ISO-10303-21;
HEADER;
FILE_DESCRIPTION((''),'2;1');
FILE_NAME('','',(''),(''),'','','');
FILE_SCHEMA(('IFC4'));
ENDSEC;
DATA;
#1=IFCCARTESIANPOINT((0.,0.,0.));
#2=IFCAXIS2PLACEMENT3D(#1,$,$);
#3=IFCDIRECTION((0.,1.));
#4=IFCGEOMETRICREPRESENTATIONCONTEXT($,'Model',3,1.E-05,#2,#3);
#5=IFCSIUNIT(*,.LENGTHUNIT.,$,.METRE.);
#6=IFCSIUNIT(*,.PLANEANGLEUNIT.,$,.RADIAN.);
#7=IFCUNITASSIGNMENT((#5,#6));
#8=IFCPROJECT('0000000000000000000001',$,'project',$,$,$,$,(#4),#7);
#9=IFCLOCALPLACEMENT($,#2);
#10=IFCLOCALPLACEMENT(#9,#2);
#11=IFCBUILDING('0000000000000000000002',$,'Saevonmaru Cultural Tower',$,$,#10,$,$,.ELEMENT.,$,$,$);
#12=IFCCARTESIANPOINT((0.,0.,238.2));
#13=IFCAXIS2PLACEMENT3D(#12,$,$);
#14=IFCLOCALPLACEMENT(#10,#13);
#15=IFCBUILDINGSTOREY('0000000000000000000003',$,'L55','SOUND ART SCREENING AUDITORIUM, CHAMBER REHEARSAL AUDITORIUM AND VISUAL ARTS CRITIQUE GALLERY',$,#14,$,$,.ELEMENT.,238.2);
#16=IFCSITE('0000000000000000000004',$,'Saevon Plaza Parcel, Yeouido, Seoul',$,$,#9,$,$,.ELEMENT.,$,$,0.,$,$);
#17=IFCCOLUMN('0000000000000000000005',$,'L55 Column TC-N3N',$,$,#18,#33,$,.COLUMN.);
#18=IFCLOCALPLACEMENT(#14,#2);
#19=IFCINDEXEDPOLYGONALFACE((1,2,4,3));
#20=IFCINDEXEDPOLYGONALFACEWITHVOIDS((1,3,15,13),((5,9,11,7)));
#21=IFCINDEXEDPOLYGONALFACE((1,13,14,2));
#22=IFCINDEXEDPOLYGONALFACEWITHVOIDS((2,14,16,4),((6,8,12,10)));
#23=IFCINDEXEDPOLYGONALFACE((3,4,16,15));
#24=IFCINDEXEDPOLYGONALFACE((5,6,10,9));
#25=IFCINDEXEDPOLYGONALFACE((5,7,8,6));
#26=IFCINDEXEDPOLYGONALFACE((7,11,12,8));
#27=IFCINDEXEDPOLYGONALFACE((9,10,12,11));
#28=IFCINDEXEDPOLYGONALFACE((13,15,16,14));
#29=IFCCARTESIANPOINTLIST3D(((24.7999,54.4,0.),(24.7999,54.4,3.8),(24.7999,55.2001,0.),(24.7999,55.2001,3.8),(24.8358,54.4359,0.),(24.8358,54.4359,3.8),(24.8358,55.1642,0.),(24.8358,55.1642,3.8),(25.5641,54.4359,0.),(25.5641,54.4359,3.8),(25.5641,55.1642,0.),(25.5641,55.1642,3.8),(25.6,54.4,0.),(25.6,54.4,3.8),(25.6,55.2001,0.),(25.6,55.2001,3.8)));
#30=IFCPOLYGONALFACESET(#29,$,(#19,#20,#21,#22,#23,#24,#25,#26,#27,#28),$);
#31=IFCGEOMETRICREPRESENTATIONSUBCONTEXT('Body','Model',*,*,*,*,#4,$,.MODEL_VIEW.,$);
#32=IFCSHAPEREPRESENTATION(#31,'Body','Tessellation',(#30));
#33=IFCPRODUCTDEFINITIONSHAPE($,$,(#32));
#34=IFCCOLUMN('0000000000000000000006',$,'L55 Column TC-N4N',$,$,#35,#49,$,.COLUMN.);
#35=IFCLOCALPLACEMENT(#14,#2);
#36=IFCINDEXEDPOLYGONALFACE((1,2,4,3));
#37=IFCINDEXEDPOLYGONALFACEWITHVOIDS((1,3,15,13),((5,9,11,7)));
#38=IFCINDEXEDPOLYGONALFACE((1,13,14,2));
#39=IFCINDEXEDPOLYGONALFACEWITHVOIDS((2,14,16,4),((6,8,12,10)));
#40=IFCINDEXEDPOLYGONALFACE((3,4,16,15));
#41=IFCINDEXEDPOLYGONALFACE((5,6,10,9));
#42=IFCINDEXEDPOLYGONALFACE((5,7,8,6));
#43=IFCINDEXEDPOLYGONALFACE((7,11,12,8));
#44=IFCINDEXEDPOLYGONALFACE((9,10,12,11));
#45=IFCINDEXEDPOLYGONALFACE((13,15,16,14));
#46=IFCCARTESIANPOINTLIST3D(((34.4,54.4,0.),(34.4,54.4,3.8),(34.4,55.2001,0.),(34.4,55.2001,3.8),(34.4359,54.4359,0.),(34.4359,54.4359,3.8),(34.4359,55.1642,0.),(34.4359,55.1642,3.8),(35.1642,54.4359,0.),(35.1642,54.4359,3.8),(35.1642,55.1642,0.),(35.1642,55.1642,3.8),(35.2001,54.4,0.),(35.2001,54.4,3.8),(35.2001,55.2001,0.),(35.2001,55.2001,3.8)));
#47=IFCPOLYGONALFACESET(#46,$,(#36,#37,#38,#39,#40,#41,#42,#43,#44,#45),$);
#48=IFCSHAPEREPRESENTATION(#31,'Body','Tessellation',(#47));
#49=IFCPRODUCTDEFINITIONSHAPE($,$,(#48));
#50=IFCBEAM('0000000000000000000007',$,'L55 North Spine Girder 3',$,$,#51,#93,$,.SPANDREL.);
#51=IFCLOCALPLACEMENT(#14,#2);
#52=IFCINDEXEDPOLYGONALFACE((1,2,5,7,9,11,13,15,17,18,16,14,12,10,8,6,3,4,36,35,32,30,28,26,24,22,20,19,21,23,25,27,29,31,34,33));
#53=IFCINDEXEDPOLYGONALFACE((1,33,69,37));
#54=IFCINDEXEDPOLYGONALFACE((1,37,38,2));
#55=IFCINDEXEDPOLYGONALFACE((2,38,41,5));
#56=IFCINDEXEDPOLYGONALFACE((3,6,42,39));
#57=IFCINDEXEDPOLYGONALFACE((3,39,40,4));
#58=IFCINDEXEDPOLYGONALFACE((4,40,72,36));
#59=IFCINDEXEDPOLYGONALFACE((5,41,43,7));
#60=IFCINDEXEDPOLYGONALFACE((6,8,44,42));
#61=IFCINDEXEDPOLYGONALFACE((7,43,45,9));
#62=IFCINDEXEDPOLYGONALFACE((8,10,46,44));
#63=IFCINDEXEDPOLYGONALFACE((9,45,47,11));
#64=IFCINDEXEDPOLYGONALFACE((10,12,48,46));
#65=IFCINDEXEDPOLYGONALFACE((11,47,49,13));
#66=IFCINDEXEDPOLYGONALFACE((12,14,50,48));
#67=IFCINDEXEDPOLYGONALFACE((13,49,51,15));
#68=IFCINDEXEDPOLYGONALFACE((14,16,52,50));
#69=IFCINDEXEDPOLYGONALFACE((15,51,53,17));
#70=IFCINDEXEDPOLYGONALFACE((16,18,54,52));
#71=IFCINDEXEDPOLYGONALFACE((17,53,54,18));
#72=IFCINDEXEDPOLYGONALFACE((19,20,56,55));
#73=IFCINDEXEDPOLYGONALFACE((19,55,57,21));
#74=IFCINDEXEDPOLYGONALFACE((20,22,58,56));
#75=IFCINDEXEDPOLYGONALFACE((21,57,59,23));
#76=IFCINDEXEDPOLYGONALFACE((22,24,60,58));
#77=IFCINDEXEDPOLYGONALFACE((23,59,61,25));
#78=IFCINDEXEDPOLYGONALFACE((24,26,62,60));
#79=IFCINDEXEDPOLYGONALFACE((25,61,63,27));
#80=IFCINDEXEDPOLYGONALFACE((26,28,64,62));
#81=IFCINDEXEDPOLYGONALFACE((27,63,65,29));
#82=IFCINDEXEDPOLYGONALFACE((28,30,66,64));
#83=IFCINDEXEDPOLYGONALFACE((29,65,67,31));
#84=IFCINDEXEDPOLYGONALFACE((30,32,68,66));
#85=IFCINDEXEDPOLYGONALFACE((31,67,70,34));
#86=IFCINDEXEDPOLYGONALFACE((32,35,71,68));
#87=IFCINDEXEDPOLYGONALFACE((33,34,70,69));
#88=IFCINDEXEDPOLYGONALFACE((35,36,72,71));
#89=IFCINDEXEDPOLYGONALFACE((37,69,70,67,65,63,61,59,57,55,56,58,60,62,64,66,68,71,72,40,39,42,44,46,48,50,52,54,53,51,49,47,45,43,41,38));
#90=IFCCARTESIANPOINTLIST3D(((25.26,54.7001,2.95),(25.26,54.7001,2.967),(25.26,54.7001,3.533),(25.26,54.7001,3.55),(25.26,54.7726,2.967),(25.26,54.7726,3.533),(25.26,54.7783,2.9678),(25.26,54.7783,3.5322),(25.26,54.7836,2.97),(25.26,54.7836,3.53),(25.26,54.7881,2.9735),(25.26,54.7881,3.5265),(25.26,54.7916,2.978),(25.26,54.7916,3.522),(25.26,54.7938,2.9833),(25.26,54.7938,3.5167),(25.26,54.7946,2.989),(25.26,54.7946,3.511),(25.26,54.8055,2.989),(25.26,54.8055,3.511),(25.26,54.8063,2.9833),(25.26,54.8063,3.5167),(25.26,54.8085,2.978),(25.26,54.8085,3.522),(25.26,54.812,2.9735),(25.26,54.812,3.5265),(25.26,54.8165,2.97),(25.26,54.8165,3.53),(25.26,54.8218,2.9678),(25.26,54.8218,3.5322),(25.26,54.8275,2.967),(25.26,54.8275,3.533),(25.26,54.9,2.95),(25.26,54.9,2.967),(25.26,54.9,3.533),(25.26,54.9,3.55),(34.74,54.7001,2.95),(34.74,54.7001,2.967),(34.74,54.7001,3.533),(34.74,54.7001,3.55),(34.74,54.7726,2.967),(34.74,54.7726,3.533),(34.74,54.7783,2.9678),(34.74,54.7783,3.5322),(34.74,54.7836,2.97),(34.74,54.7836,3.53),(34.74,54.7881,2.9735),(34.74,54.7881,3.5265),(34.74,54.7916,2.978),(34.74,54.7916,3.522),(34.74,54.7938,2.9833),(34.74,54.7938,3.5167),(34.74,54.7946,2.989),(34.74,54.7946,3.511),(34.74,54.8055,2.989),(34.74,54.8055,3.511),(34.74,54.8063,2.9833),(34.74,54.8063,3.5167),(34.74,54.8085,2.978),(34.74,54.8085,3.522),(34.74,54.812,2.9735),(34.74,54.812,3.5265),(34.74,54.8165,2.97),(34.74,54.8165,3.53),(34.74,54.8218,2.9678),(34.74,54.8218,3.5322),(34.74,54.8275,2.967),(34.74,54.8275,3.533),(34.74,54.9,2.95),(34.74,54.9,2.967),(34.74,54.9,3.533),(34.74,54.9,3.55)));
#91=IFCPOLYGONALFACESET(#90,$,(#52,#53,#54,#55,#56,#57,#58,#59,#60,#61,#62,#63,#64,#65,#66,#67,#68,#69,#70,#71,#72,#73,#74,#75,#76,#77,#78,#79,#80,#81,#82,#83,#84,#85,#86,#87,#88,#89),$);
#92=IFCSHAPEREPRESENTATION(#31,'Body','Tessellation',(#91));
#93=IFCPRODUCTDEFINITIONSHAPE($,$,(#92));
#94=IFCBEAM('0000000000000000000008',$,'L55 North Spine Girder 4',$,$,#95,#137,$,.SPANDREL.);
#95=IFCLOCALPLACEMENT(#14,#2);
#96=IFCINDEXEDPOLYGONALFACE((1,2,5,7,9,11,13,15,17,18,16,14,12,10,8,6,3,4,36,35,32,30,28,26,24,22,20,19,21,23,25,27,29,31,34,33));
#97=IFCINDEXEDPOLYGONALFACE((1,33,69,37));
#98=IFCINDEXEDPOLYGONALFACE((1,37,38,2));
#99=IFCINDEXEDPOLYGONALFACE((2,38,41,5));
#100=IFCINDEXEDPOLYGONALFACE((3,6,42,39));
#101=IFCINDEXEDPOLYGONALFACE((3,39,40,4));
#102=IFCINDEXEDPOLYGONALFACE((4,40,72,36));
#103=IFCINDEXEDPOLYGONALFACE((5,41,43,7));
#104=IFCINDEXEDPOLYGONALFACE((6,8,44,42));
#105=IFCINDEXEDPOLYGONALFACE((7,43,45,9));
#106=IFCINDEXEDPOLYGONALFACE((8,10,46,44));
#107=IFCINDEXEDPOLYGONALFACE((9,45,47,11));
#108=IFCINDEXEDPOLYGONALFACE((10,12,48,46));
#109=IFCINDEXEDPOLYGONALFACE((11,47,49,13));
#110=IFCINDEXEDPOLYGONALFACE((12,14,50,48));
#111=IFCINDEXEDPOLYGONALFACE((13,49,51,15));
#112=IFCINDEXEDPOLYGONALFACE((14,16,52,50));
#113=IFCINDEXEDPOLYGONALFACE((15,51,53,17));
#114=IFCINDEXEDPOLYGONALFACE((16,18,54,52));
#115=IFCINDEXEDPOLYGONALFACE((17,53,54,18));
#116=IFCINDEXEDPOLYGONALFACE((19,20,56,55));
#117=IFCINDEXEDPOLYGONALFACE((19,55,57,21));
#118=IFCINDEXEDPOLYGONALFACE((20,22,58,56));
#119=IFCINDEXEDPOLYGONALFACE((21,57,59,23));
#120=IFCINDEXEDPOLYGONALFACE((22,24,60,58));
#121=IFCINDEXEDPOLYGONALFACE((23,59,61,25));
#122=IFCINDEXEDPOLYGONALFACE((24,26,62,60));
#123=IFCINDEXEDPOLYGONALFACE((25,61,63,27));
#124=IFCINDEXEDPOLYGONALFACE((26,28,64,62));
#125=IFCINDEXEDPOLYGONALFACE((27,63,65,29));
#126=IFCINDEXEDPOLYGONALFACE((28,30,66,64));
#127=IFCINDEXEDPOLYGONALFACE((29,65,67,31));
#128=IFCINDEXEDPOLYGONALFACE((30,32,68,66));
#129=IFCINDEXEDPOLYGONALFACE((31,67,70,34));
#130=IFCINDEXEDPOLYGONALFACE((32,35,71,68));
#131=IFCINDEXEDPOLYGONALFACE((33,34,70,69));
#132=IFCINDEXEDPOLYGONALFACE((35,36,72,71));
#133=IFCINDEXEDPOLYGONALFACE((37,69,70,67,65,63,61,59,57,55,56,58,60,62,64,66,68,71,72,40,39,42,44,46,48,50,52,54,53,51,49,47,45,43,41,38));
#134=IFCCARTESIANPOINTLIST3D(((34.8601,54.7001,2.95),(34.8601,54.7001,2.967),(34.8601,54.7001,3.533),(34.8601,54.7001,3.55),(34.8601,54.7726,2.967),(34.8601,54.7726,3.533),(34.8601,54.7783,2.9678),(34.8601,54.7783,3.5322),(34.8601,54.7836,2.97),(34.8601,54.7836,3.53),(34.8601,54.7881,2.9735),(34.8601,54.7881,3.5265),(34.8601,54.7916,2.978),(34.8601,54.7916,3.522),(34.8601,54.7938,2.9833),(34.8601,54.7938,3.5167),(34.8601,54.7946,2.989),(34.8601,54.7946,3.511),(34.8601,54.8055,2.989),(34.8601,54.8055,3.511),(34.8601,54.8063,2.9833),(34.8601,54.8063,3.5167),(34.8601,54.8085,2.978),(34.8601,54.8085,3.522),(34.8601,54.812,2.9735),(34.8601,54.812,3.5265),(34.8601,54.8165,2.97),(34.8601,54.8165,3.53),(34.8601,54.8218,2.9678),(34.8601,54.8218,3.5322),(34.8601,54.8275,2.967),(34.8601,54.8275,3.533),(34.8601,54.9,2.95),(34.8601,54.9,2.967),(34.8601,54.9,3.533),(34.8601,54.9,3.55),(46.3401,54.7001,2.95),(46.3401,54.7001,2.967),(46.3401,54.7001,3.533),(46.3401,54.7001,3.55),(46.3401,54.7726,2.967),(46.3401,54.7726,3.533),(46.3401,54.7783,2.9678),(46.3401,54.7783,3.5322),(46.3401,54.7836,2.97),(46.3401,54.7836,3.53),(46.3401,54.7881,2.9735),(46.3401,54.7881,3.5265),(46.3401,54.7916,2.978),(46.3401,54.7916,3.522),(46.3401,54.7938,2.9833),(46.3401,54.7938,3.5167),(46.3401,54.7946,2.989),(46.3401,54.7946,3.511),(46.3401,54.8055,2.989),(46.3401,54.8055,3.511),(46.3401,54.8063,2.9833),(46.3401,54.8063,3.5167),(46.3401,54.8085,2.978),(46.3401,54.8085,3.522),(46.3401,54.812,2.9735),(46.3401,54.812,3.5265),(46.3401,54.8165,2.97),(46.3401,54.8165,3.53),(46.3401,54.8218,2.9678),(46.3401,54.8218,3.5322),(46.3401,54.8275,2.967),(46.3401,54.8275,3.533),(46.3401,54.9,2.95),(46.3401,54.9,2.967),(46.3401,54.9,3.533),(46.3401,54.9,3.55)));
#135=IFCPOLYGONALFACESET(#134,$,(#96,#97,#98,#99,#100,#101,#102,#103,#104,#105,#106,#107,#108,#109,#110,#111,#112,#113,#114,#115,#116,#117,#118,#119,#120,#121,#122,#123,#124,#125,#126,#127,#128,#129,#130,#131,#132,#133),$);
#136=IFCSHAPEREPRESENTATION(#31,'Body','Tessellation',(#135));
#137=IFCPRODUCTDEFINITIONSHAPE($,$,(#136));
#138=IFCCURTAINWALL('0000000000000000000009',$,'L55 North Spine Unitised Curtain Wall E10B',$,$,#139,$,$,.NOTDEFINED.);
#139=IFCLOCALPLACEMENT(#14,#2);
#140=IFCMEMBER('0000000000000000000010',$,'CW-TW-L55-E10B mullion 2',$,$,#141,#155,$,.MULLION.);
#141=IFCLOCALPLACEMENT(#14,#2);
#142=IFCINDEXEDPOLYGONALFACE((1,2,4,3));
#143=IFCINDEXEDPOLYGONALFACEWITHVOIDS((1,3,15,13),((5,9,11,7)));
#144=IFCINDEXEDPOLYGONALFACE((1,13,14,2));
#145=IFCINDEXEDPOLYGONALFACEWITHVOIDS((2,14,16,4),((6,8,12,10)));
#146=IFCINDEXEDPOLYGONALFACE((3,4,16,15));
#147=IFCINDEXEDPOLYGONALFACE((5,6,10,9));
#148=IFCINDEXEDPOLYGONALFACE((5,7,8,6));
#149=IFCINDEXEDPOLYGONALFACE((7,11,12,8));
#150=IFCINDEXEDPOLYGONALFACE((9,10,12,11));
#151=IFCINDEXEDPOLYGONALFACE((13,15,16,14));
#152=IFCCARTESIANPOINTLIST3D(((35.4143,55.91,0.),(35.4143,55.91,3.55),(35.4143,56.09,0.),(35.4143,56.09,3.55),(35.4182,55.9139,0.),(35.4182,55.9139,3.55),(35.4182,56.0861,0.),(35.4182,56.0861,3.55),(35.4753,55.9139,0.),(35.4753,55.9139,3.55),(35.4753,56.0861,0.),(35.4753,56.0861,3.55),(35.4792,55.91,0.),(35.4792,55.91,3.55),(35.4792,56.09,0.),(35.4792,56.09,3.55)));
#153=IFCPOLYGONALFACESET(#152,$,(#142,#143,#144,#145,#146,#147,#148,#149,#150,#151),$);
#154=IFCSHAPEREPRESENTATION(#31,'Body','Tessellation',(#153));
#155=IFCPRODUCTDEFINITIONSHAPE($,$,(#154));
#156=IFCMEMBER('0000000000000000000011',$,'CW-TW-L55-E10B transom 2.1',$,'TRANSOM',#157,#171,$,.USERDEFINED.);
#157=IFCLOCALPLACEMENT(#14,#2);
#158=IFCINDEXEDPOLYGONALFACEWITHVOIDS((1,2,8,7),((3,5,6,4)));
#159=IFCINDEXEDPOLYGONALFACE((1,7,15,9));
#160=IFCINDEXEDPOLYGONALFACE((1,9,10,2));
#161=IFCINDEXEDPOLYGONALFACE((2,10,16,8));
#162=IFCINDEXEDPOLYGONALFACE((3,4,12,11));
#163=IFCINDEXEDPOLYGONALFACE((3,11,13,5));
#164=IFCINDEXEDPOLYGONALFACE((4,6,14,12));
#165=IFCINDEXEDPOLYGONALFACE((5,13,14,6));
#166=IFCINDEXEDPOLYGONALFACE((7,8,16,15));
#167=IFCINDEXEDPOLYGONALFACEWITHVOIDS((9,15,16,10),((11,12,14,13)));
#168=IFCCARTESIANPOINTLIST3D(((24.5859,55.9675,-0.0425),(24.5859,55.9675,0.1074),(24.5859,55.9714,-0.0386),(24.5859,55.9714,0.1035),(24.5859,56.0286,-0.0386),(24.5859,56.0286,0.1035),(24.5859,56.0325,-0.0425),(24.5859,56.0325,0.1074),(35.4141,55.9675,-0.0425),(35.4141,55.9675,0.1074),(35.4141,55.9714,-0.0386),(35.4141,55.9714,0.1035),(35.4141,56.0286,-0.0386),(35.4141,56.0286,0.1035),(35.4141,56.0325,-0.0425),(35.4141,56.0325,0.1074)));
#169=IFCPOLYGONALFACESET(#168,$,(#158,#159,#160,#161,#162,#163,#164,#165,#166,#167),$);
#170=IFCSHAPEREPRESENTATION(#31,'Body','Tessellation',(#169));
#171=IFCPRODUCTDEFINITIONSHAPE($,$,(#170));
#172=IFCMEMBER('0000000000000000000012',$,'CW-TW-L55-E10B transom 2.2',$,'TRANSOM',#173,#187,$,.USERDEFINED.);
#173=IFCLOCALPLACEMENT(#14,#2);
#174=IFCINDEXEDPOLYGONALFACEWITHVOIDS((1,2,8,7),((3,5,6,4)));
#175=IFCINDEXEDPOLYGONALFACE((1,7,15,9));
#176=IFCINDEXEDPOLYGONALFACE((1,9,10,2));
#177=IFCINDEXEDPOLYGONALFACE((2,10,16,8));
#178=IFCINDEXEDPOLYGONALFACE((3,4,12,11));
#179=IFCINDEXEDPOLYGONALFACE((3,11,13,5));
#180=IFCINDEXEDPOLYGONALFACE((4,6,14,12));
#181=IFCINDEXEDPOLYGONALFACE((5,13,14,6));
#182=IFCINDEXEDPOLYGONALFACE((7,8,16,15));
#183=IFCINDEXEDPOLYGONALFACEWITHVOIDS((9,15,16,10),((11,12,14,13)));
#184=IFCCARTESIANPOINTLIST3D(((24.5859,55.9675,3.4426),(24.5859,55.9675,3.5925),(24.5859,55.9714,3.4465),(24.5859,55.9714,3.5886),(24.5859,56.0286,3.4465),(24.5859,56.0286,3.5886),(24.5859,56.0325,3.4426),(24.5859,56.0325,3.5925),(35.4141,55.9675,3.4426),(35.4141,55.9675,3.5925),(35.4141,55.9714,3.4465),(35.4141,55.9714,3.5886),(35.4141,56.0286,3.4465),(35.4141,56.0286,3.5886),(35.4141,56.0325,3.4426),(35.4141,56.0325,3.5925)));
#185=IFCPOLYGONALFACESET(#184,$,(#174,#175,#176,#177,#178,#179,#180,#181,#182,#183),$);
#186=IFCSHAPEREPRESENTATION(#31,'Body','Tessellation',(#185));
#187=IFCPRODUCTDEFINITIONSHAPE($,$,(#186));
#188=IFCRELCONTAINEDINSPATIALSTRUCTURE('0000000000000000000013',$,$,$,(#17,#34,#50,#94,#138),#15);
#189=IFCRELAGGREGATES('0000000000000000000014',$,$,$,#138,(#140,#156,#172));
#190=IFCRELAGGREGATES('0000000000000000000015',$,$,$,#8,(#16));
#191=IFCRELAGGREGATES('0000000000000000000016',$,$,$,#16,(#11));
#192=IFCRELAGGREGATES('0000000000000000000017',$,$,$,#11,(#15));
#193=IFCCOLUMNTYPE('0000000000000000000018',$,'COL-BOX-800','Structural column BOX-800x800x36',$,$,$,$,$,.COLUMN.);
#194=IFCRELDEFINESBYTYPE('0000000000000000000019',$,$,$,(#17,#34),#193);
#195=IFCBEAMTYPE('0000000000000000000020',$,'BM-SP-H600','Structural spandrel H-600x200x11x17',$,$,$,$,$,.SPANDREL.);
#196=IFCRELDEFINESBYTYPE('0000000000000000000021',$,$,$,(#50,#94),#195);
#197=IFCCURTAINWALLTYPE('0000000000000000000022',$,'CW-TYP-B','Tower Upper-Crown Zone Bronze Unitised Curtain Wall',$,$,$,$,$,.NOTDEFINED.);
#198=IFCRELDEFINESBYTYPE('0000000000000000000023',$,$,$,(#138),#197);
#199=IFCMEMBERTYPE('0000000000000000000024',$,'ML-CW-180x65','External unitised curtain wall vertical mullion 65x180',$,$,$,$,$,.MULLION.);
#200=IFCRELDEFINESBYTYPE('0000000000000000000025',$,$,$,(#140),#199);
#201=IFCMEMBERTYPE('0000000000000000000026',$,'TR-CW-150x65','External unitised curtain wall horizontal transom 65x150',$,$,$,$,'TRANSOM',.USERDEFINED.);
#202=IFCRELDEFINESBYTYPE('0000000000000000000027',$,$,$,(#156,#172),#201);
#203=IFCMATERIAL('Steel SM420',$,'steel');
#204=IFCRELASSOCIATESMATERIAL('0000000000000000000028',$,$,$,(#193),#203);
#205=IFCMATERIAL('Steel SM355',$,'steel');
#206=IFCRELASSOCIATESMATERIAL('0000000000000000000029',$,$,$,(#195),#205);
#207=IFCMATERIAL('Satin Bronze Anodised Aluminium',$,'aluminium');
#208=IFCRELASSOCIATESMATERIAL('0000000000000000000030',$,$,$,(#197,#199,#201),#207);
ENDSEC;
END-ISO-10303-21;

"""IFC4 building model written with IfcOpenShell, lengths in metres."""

from ifc_helpers import new_model, si_unit, direction, frame, origin, origin_2d, place, context, subcontext, project, spatial, hollow_rectangle, i_section, extrude, material, material_profile, profile_set, type_object, element, aggregate, save


model = new_model("IFC4")

# Units and contexts
model_context = context("Model", 3, precision=1e-05, world=origin(), true_north=direction((0.0, 1.0)))
body_context = subcontext(model_context, "Body", "Model", "MODEL_VIEW")
ifc_project = project(units=[si_unit("LENGTHUNIT", "METRE"), si_unit("PLANEANGLEUNIT", "RADIAN")], contexts=[model_context])

# Site, building, storey
site_placement = place(None, origin())
site = spatial("IfcSite", under=ifc_project, at=site_placement, Name="Saevon Plaza Parcel, Yeouido, Seoul", CompositionType="ELEMENT", RefElevation=0.0)
building_placement = place(site_placement, origin())
building = spatial("IfcBuilding", under=site, at=building_placement, Name="Saevonmaru Cultural Tower", CompositionType="ELEMENT")
storey_placement = place(building_placement, frame((0.0, 0.0, 238.2)))
storey = spatial("IfcBuildingStorey", under=building, at=storey_placement, Name="L55", Description="SOUND ART SCREENING AUDITORIUM, CHAMBER REHEARSAL AUDITORIUM AND VISUAL ARTS CRITIQUE GALLERY", CompositionType="ELEMENT", Elevation=238.2)

# Columns
ifc_material_1 = material(Name="Steel SM420", Category="steel")
ifc_material_profile_1 = material_profile(ifc_material_1, hollow_rectangle(XDim=0.8, YDim=0.8, WallThickness=0.0359, at=origin_2d()), Name="BOX-800x800x36")
ifc_profile_set_1 = profile_set([ifc_material_profile_1], Name="Steel SM420")
column_type = type_object("IfcColumnType", Name="COL-BOX-800", Description="Structural column BOX-800x800x36", PredefinedType="COLUMN", material=ifc_profile_set_1)
for number, where, z_axis, x_axis, name in (
    (1, (25.2, 54.8, 0.0), (0.0, 0.0, 1.0), (1.0, 0.0, 0.0), "L55 Column TC-N3N"),
    (2, (34.8, 54.8, 0.0), (0.0, 0.0, 1.0), (1.0, 0.0, 0.0), "L55 Column TC-N4N"),
):
    element("IfcColumn", number, at=place(storey_placement, frame(where, z_axis=z_axis, x_axis=x_axis)), inside=storey, type_object=column_type, Name=name, PredefinedType="COLUMN", context=body_context, shape_type="SweptSolid", body=[
        extrude(hollow_rectangle(XDim=0.8, YDim=0.8, WallThickness=0.0359, at=origin_2d()), origin(), (0.0, 0.0, 1.0), 3.8),
    ])

# Beams
ifc_material_2 = material(Name="Steel SM355", Category="steel")
ifc_material_profile_2 = material_profile(ifc_material_2, i_section(OverallWidth=0.2, OverallDepth=0.6001, WebThickness=0.011, FlangeThickness=0.0171, FilletRadius=0.022, at=origin_2d()), Name="H-600x200x11x17")
ifc_profile_set_2 = profile_set([ifc_material_profile_2], Name="Steel SM355")
beam_type = type_object("IfcBeamType", Name="BM-SP-H600", Description="Structural spandrel H-600x200x11x17", PredefinedType="SPANDREL", material=ifc_profile_set_2)
beam_1_placement = place(storey_placement, frame((25.26, 54.8, 3.25), z_axis=(1.0, 0.0, 0.0), x_axis=(0.0, 1.0, 0.0)))
element("IfcBeam", 3, at=beam_1_placement, inside=storey, type_object=beam_type, Name="L55 North Spine Girder 3", PredefinedType="SPANDREL", context=body_context, shape_type="SweptSolid", body=[
    extrude(i_section(OverallWidth=0.2, OverallDepth=0.6001, WebThickness=0.011, FlangeThickness=0.0171, FilletRadius=0.022, at=origin_2d()), origin(), (0.0, 0.0, 1.0), 9.48),
])
beam_2_placement = place(storey_placement, frame((34.8601, 54.8, 3.25), z_axis=(1.0, 0.0, 0.0), x_axis=(0.0, 1.0, 0.0)))
element("IfcBeam", 4, at=beam_2_placement, inside=storey, type_object=beam_type, Name="L55 North Spine Girder 4", PredefinedType="SPANDREL", context=body_context, shape_type="SweptSolid", body=[
    extrude(i_section(OverallWidth=0.2, OverallDepth=0.6001, WebThickness=0.011, FlangeThickness=0.0171, FilletRadius=0.022, at=origin_2d()), origin(), (0.0, 0.0, 1.0), 11.48),
])

# Curtain wall, members
ifc_material_3 = material(Name="Satin Bronze Anodised Aluminium", Category="aluminium")
curtain_wall_type = type_object("IfcCurtainWallType", Name="CW-TYP-B", Description="Tower Upper-Crown Zone Bronze Unitised Curtain Wall", PredefinedType="NOTDEFINED", material=ifc_material_3)
curtain_wall_placement = place(storey_placement, origin())
curtain_wall = element("IfcCurtainWall", 5, at=curtain_wall_placement, inside=storey, type_object=curtain_wall_type, Name="L55 North Spine Unitised Curtain Wall E10B", PredefinedType="NOTDEFINED")
ifc_material_profile_3 = material_profile(ifc_material_3, hollow_rectangle(XDim=0.0649, YDim=0.1799, WallThickness=0.0039, at=origin_2d()), Name="ALU-MULL-180x65x4")
ifc_profile_set_3 = profile_set([ifc_material_profile_3], Name="Satin Bronze Anodised Aluminium")
member_type_1 = type_object("IfcMemberType", Name="ML-CW-180x65", Description="External unitised curtain wall vertical mullion 65x180", PredefinedType="MULLION", material=ifc_profile_set_3)
member_1_placement = place(storey_placement, frame((35.4468, 56.0, 0.0), z_axis=(0.0, 0.0, 1.0), x_axis=(-1.0, 0.0, 0.0)))
member_1 = element("IfcMember", 6, at=member_1_placement, type_object=member_type_1, Name="CW-TW-L55-E10B mullion 2", PredefinedType="MULLION", context=body_context, shape_type="SweptSolid", body=[
    extrude(hollow_rectangle(XDim=0.0649, YDim=0.1799, WallThickness=0.0039, at=origin_2d()), origin(), (0.0, 0.0, 1.0), 3.55),
])
ifc_material_profile_4 = material_profile(ifc_material_3, hollow_rectangle(XDim=0.0649, YDim=0.1499, WallThickness=0.0039, at=origin_2d()), Name="ALU-TRAN-150x65x4")
ifc_profile_set_4 = profile_set([ifc_material_profile_4], Name="Satin Bronze Anodised Aluminium")
member_type_2 = type_object("IfcMemberType", Name="TR-CW-150x65", Description="External unitised curtain wall horizontal transom 65x150", ElementType="TRANSOM", PredefinedType="USERDEFINED", material=ifc_profile_set_4)
member_2_placement = place(storey_placement, frame((35.4141, 56.0, 0.0325), z_axis=(-1.0, 0.0, 0.0), x_axis=(0.0, -1.0, 0.0)))
member_2 = element("IfcMember", 7, at=member_2_placement, type_object=member_type_2, Name="CW-TW-L55-E10B transom 2.1", ObjectType="TRANSOM", PredefinedType="USERDEFINED", context=body_context, shape_type="SweptSolid", body=[
    extrude(hollow_rectangle(XDim=0.0649, YDim=0.1499, WallThickness=0.0039, at=origin_2d()), origin(), (0.0, 0.0, 1.0), 10.8281),
])
member_3_placement = place(storey_placement, frame((35.4141, 56.0, 3.5176), z_axis=(-1.0, 0.0, 0.0), x_axis=(0.0, -1.0, 0.0)))
member_3 = element("IfcMember", 8, at=member_3_placement, type_object=member_type_2, Name="CW-TW-L55-E10B transom 2.2", ObjectType="TRANSOM", PredefinedType="USERDEFINED", context=body_context, shape_type="SweptSolid", body=[
    extrude(hollow_rectangle(XDim=0.0649, YDim=0.1499, WallThickness=0.0039, at=origin_2d()), origin(), (0.0, 0.0, 1.0), 10.8281),
])
aggregate(curtain_wall, [member_1, member_2, member_3])

save(model, "model.ifc")
